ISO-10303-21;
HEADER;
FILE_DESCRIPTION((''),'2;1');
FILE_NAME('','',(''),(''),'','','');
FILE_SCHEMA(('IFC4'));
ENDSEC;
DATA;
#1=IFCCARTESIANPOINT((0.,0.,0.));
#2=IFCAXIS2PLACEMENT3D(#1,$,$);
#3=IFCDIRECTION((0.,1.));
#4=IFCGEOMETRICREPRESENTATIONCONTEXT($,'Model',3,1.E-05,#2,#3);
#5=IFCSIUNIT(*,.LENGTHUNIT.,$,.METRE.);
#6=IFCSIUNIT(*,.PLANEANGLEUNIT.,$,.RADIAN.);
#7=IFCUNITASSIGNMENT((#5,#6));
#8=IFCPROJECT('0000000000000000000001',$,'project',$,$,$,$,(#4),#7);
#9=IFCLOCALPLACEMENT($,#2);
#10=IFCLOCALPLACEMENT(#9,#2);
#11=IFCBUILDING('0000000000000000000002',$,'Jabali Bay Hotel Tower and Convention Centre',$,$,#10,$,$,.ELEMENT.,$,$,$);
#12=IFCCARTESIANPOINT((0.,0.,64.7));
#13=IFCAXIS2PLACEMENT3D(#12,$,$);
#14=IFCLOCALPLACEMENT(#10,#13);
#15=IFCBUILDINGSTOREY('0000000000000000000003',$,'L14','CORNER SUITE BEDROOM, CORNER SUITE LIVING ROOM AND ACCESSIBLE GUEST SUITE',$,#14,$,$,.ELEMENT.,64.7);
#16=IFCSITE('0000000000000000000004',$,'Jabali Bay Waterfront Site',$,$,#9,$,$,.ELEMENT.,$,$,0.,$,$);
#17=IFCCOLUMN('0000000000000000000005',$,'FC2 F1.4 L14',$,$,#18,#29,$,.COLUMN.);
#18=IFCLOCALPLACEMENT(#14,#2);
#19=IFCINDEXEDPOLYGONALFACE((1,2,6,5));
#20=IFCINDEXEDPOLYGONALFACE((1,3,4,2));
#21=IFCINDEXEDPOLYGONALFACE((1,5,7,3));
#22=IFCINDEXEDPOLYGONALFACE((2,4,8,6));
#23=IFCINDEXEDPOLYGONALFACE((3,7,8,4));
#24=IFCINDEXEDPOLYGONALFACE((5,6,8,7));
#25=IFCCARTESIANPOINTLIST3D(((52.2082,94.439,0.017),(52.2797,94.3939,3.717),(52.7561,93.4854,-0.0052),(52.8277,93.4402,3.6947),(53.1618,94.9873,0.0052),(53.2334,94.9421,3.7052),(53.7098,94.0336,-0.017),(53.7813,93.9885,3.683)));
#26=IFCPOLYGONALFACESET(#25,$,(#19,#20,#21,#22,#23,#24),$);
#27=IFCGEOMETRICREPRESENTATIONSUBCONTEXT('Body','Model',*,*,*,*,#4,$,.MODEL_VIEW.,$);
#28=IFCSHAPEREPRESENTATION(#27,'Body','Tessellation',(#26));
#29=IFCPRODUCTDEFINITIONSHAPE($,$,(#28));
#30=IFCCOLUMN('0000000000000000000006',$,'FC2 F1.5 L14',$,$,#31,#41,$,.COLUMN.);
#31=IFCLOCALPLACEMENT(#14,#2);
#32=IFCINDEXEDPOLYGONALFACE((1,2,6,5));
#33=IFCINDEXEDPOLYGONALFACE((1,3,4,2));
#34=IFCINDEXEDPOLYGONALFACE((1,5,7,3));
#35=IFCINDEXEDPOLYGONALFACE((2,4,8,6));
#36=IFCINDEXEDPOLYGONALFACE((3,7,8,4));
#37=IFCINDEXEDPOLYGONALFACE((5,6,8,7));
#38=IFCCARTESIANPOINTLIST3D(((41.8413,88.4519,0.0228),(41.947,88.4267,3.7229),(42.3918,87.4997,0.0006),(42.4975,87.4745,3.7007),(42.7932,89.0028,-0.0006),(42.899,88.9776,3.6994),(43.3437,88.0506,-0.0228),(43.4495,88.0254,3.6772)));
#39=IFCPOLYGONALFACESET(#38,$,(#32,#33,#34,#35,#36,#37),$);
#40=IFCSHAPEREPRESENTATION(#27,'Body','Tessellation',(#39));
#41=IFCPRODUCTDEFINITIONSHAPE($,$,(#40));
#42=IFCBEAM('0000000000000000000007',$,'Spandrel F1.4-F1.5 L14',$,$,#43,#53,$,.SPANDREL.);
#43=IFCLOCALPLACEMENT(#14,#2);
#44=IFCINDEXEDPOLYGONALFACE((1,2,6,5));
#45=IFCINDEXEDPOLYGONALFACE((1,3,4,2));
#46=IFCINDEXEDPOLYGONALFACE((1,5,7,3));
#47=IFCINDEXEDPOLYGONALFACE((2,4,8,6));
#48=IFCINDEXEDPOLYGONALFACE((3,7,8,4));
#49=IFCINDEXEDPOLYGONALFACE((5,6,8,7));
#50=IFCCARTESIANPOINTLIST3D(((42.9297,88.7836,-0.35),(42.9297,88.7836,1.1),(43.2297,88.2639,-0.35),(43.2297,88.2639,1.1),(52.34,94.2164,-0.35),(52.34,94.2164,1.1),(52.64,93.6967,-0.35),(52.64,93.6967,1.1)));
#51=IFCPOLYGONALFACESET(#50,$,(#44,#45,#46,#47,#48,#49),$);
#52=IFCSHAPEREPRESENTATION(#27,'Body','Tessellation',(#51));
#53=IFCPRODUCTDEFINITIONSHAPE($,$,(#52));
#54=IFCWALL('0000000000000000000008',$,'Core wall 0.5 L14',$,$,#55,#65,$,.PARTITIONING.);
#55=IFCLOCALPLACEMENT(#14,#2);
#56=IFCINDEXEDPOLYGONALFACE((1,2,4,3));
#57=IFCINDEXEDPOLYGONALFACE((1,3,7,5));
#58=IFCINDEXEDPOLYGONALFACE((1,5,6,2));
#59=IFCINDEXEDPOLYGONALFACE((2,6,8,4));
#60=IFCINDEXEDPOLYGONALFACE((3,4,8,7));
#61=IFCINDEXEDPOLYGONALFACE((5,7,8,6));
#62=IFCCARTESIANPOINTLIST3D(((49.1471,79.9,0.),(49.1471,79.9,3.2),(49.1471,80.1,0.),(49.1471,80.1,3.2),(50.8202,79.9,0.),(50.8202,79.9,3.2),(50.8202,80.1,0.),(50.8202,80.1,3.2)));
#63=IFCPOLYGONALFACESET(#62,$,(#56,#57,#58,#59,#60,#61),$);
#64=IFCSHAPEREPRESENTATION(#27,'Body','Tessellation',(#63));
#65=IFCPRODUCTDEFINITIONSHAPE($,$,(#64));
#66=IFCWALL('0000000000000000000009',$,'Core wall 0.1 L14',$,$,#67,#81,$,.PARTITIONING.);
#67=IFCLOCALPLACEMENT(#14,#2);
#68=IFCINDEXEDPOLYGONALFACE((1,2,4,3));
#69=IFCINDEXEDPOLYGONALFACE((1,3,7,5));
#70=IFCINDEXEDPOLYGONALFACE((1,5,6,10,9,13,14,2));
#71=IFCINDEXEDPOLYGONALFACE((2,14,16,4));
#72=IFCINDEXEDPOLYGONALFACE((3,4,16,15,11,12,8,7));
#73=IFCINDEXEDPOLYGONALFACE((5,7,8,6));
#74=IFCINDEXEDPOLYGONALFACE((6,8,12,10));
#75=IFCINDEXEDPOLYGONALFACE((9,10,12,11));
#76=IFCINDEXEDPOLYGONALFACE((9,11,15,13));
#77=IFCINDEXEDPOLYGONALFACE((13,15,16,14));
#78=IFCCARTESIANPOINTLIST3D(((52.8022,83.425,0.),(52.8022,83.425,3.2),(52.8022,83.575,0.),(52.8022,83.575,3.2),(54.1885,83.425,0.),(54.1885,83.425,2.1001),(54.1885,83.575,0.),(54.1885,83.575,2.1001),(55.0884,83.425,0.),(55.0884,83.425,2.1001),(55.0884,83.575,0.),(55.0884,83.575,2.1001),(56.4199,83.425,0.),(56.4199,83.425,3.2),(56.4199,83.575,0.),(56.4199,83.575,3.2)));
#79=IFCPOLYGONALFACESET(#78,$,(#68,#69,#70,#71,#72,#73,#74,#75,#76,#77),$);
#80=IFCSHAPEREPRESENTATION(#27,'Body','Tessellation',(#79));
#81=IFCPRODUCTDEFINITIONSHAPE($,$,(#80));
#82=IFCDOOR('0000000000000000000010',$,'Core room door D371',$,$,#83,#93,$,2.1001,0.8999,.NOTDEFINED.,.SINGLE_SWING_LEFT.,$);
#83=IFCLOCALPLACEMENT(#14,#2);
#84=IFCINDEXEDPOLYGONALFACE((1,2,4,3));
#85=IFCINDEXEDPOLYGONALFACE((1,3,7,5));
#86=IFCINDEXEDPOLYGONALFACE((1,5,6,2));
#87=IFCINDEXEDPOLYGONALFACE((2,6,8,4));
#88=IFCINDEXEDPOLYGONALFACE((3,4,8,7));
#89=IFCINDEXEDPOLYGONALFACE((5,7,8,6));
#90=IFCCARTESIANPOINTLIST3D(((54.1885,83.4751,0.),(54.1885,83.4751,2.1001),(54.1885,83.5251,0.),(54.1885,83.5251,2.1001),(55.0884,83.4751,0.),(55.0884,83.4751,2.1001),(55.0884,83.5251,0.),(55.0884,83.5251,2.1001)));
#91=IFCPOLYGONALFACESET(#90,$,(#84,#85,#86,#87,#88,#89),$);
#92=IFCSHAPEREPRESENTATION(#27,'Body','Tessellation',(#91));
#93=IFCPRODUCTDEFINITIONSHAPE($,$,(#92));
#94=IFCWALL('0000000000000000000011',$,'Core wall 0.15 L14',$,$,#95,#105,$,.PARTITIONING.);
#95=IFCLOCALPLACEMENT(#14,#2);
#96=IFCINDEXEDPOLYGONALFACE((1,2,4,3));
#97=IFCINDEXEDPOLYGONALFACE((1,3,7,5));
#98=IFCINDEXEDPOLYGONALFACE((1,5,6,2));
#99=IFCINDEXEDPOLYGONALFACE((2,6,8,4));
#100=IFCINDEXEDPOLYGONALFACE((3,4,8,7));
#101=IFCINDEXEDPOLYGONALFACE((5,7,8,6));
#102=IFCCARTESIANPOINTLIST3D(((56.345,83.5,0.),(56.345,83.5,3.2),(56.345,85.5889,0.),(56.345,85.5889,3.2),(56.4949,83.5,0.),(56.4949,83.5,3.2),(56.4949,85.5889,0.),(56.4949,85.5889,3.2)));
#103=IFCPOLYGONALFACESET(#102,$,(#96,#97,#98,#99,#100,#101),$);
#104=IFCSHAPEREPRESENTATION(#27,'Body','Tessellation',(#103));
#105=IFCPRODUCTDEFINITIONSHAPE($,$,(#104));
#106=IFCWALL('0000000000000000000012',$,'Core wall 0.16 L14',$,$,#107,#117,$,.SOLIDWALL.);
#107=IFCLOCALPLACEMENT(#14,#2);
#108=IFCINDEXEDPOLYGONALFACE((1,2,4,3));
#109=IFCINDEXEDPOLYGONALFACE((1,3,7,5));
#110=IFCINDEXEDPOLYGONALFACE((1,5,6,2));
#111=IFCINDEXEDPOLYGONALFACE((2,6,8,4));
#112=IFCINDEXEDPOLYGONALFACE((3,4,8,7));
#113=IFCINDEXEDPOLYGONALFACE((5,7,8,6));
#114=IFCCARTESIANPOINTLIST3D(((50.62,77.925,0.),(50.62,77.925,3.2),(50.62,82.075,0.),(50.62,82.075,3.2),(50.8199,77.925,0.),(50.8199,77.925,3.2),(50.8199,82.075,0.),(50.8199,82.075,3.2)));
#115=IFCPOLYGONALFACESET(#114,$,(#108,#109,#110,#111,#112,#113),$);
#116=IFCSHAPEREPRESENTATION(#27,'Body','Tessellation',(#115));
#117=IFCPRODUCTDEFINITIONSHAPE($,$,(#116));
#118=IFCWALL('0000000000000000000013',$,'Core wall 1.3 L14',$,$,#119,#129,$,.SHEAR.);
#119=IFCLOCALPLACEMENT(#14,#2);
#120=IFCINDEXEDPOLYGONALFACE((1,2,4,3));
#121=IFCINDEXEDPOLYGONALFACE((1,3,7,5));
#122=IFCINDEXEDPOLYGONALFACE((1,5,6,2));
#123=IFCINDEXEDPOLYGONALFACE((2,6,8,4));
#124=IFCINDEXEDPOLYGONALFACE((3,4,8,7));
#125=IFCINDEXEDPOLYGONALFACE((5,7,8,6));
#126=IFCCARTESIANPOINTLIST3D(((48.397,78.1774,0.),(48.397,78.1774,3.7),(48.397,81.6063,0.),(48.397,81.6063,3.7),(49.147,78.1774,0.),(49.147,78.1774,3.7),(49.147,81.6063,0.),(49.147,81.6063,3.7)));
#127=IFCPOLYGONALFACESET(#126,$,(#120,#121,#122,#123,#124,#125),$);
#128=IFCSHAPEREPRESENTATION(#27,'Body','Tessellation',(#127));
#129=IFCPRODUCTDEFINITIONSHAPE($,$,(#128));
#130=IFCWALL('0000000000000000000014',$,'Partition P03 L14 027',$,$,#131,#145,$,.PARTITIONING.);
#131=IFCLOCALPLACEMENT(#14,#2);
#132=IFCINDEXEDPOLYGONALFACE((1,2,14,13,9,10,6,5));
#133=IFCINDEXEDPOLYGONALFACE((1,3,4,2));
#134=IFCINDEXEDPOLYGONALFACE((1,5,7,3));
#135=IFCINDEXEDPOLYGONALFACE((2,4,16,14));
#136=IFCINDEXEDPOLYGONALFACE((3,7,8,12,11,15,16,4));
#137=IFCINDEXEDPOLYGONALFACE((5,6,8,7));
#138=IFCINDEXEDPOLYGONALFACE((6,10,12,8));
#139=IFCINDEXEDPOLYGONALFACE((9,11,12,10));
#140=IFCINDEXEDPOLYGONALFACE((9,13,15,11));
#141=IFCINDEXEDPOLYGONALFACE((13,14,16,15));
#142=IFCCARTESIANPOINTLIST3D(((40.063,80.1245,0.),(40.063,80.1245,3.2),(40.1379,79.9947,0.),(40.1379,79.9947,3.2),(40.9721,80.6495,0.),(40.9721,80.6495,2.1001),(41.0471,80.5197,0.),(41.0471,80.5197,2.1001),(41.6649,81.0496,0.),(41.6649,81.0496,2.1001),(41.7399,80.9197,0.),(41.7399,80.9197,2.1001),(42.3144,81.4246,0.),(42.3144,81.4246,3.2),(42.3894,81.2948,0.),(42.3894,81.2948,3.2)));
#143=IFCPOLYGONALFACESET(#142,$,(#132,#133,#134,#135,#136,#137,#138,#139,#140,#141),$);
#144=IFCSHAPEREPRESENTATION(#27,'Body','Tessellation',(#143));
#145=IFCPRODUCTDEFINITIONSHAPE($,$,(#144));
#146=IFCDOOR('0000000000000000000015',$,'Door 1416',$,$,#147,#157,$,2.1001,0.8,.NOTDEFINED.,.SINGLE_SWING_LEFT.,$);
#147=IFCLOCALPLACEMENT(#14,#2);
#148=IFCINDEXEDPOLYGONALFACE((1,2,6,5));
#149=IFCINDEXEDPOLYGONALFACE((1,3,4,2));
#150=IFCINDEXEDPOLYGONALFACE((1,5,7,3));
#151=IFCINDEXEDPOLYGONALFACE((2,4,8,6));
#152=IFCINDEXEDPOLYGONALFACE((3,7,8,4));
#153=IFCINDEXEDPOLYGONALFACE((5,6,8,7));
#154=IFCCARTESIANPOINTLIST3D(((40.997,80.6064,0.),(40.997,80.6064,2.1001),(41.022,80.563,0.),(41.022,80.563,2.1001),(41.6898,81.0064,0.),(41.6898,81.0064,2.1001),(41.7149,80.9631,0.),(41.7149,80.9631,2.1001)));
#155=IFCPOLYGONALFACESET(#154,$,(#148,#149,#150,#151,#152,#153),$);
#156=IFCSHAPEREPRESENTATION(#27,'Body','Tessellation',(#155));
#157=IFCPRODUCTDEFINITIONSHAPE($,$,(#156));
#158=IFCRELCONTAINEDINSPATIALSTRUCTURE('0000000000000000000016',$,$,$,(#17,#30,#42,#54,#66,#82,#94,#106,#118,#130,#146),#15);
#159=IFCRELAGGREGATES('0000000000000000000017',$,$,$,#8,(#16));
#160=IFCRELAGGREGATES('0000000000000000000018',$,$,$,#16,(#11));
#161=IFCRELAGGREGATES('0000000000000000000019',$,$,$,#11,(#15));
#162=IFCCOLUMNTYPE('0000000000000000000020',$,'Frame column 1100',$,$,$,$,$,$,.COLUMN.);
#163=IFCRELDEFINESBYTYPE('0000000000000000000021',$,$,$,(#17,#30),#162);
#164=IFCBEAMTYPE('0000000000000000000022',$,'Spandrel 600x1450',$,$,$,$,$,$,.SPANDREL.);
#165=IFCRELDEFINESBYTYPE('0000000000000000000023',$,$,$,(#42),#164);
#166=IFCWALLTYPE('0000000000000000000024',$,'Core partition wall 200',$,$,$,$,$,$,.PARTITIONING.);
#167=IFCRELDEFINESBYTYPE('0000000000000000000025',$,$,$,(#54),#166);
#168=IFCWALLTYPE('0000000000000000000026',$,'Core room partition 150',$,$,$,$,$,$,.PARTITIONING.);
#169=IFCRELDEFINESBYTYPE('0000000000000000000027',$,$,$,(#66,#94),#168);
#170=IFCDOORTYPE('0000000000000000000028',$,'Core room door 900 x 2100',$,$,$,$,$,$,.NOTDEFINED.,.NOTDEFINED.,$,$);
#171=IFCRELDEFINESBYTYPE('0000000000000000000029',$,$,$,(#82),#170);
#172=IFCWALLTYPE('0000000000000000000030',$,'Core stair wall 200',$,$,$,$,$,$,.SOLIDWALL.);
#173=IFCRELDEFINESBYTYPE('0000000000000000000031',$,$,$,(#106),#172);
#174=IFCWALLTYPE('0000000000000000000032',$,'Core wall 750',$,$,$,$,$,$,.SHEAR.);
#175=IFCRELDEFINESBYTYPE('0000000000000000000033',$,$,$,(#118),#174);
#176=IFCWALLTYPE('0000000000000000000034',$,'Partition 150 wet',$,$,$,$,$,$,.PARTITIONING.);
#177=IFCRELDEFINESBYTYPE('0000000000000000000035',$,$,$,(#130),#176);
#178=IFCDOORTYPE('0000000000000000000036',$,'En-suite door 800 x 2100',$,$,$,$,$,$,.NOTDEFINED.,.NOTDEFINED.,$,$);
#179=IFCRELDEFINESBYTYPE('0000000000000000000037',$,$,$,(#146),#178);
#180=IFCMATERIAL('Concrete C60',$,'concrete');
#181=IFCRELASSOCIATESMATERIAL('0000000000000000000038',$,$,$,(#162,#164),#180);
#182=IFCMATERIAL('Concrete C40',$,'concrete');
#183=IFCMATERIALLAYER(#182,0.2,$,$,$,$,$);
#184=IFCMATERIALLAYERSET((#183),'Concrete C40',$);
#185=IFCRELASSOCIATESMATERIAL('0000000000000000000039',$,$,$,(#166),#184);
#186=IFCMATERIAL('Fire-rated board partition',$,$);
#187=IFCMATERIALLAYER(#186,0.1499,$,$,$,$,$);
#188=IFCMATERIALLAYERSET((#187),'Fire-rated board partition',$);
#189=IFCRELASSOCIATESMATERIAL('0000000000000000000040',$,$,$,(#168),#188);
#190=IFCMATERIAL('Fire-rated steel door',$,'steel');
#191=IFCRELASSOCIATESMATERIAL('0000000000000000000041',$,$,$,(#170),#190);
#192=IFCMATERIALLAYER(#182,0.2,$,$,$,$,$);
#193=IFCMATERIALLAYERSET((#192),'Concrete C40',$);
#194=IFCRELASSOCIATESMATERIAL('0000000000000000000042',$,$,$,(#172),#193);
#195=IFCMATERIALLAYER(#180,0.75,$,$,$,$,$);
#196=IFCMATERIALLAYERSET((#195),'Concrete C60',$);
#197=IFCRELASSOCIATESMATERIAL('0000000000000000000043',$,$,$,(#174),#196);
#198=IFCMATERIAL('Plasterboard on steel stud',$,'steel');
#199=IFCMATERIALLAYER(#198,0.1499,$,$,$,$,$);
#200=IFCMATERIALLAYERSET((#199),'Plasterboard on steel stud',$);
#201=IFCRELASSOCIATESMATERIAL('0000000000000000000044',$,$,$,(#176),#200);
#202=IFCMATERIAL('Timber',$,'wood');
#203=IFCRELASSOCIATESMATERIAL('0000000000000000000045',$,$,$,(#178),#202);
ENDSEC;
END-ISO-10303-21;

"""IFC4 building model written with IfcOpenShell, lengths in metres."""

from ifc_helpers import new_model, si_unit, direction, frame, frame_2d, origin, origin_2d, place, context, subcontext, project, spatial, rectangle, extrude, material, layer, layer_set, material_profile, profile_set, type_object, element, fill, save


model = new_model("IFC4")

# Units and contexts
model_context = context("Model", 3, precision=1e-05, world=origin(), true_north=direction((0.0, 1.0)))
body_context = subcontext(model_context, "Body", "Model", "MODEL_VIEW")
ifc_project = project(units=[si_unit("LENGTHUNIT", "METRE"), si_unit("PLANEANGLEUNIT", "RADIAN")], contexts=[model_context])

# Site, building, storey
site_placement = place(None, origin())
site = spatial("IfcSite", under=ifc_project, at=site_placement, Name="Jabali Bay Waterfront Site", CompositionType="ELEMENT", RefElevation=0.0)
building_placement = place(site_placement, origin())
building = spatial("IfcBuilding", under=site, at=building_placement, Name="Jabali Bay Hotel Tower and Convention Centre", CompositionType="ELEMENT")
storey_placement = place(building_placement, frame((0.0, 0.0, 64.7)))
storey = spatial("IfcBuildingStorey", under=building, at=storey_placement, Name="L14", Description="CORNER SUITE BEDROOM, CORNER SUITE LIVING ROOM AND ACCESSIBLE GUEST SUITE", CompositionType="ELEMENT", Elevation=64.7)

# Columns
ifc_material_1 = material(Name="Concrete C60", Category="concrete")
ifc_material_profile_1 = material_profile(ifc_material_1, rectangle(XDim=1.1001, YDim=1.1001, at=origin_2d()), Name="Frame column 1100")
ifc_profile_set_1 = profile_set([ifc_material_profile_1], Name="Concrete C60")
column_type = type_object("IfcColumnType", Name="Frame column 1100", PredefinedType="COLUMN", material=ifc_profile_set_1)
column_1_placement = place(storey_placement, frame((52.959, 94.2363, 0.0), z_axis=(0.019329, -0.012204, 0.999739), x_axis=(-0.498097, 0.866886, 0.020212)))
element("IfcColumn", 1, at=column_1_placement, inside=storey, type_object=column_type, Name="FC2 F1.4 L14", PredefinedType="COLUMN", context=body_context, shape_type="SweptSolid", body=[
    extrude(rectangle(XDim=1.1001, YDim=1.1001, at=origin_2d()), origin(), (0.0, 0.0, 1.0), 3.7009),
])
column_2_placement = place(storey_placement, frame((42.5925, 88.2512, 0.0), z_axis=(0.028559, -0.006794, 0.999569), x_axis=(-0.500406, 0.865556, 0.02018)))
element("IfcColumn", 2, at=column_2_placement, inside=storey, type_object=column_type, Name="FC2 F1.5 L14", PredefinedType="COLUMN", context=body_context, shape_type="SweptSolid", body=[
    extrude(rectangle(XDim=1.1001, YDim=1.1001, at=origin_2d()), origin(), (0.0, 0.0, 1.0), 3.7017),
])

# Beam
ifc_material_profile_2 = material_profile(ifc_material_1, rectangle(XDim=0.6001, YDim=1.45, at=origin_2d()), Name="Spandrel 600x1450")
ifc_profile_set_2 = profile_set([ifc_material_profile_2], Name="Concrete C60")
beam_type = type_object("IfcBeamType", Name="Spandrel 600x1450", PredefinedType="SPANDREL", material=ifc_profile_set_2)
beam_placement = place(storey_placement, frame((52.49, 93.9565, 0.375), z_axis=(-0.866035, -0.499984, 0.0), x_axis=(0.499984, -0.866035, 0.0)))
element("IfcBeam", 3, at=beam_placement, inside=storey, type_object=beam_type, Name="Spandrel F1.4-F1.5 L14", PredefinedType="SPANDREL", context=body_context, shape_type="SweptSolid", body=[
    extrude(rectangle(XDim=0.6001, YDim=1.45, at=origin_2d()), origin(), (0.0, 0.0, 1.0), 10.866),
])

# Wall
ifc_material_2 = material(Name="Concrete C40", Category="concrete")
ifc_layer_1 = layer(ifc_material_2, 0.2)
ifc_layer_set_1 = layer_set([ifc_layer_1], Name="Concrete C40")
wall_type_1 = type_object("IfcWallType", Name="Core partition wall 200", PredefinedType="PARTITIONING", material=ifc_layer_set_1)
wall_1_placement = place(storey_placement, frame((50.8201, 80.0, 0.0), z_axis=(0.0, 0.0, 1.0), x_axis=(-1.0, 0.0, 0.0)))
element("IfcWall", 4, at=wall_1_placement, inside=storey, type_object=wall_type_1, Name="Core wall 0.5 L14", PredefinedType="PARTITIONING", context=body_context, shape_type="SweptSolid", body=[
    extrude(rectangle(XDim=1.6731, YDim=0.2, at=frame_2d((0.8364, 0.0))), origin(), (0.0, 0.0, 1.0), 3.2),
])

# Wall, opening, door
ifc_material_3 = material(Name="Fire-rated board partition")
ifc_layer_2 = layer(ifc_material_3, 0.1499)
ifc_layer_set_2 = layer_set([ifc_layer_2], Name="Fire-rated board partition")
wall_type_2 = type_object("IfcWallType", Name="Core room partition 150", PredefinedType="PARTITIONING", material=ifc_layer_set_2)
wall_2_placement = place(storey_placement, frame((56.4199, 83.5, 0.0), z_axis=(0.0, 0.0, 1.0), x_axis=(-1.0, 0.0, 0.0)))
wall_2 = element("IfcWall", 5, at=wall_2_placement, inside=storey, type_object=wall_type_2, Name="Core wall 0.1 L14", PredefinedType="PARTITIONING", context=body_context, shape_type="SweptSolid", body=[
    extrude(rectangle(XDim=3.6177, YDim=0.1499, at=frame_2d((1.8088, 0.0))), origin(), (0.0, 0.0, 1.0), 3.2),
])
opening_1_placement = place(wall_2_placement, frame((1.3315, 0.0, 0.0)))
opening_1 = element("IfcOpeningElement", 6, at=opening_1_placement, cuts=wall_2, PredefinedType="OPENING", context=body_context, shape_type="SweptSolid", body=[
    extrude(rectangle(XDim=0.8999, YDim=2.1001, at=frame_2d((0.45, 1.05))), frame((0.0, 0.0854, 0.0), z_axis=(0.0, -1.0, 0.0), x_axis=(1.0, 0.0, 0.0)), (0.0, 0.0, 1.0), 0.1709),
])
ifc_material_4 = material(Name="Fire-rated steel door", Category="steel")
door_type_1 = type_object("IfcDoorType", Name="Core room door 900 x 2100", OperationType="NOTDEFINED", PredefinedType="NOTDEFINED", material=ifc_material_4)
door_1_placement = place(opening_1_placement, origin())
door_1 = element("IfcDoor", 7, at=door_1_placement, inside=storey, type_object=door_type_1, Name="Core room door D371", OperationType="SINGLE_SWING_LEFT", OverallHeight=2.1001, OverallWidth=0.8999, PredefinedType="NOTDEFINED", context=body_context, shape_type="SweptSolid", body=[
    extrude(rectangle(XDim=0.8999, YDim=2.1001, at=frame_2d((0.45, 1.05))), frame((0.0, 0.0249, 0.0), z_axis=(0.0, -1.0, 0.0), x_axis=(1.0, 0.0, 0.0)), (0.0, 0.0, 1.0), 0.05),
])
fill(opening_1, door_1)

# Walls
wall_3_placement = place(storey_placement, frame((56.4199, 85.5889, 0.0), z_axis=(0.0, 0.0, 1.0), x_axis=(0.0, -1.0, 0.0)))
element("IfcWall", 8, at=wall_3_placement, inside=storey, type_object=wall_type_2, Name="Core wall 0.15 L14", PredefinedType="PARTITIONING", context=body_context, shape_type="SweptSolid", body=[
    extrude(rectangle(XDim=2.0889, YDim=0.1499, at=frame_2d((1.0444, 0.0))), origin(), (0.0, 0.0, 1.0), 3.2),
])
ifc_layer_3 = layer(ifc_material_2, 0.2)
ifc_layer_set_3 = layer_set([ifc_layer_3], Name="Concrete C40")
wall_type_3 = type_object("IfcWallType", Name="Core stair wall 200", PredefinedType="SOLIDWALL", material=ifc_layer_set_3)
wall_4_placement = place(storey_placement, frame((50.72, 82.075, 0.0), z_axis=(0.0, 0.0, 1.0), x_axis=(0.0, -1.0, 0.0)))
element("IfcWall", 9, at=wall_4_placement, inside=storey, type_object=wall_type_3, Name="Core wall 0.16 L14", PredefinedType="SOLIDWALL", context=body_context, shape_type="SweptSolid", body=[
    extrude(rectangle(XDim=4.1499, YDim=0.2, at=frame_2d((2.075, 0.0))), origin(), (0.0, 0.0, 1.0), 3.2),
])
ifc_layer_4 = layer(ifc_material_1, 0.75)
ifc_layer_set_4 = layer_set([ifc_layer_4], Name="Concrete C60")
wall_type_4 = type_object("IfcWallType", Name="Core wall 750", PredefinedType="SHEAR", material=ifc_layer_set_4)
wall_5_placement = place(storey_placement, frame((48.772, 81.6062, 0.0), z_axis=(0.0, 0.0, 1.0), x_axis=(0.0, -1.0, 0.0)))
element("IfcWall", 10, at=wall_5_placement, inside=storey, type_object=wall_type_4, Name="Core wall 1.3 L14", PredefinedType="SHEAR", context=body_context, shape_type="SweptSolid", body=[
    extrude(rectangle(XDim=3.429, YDim=0.75, at=frame_2d((1.7144, 0.0))), origin(), (0.0, 0.0, 1.0), 3.7),
])

# Wall, opening, door
ifc_material_5 = material(Name="Plasterboard on steel stud", Category="steel")
ifc_layer_5 = layer(ifc_material_5, 0.1499)
ifc_layer_set_5 = layer_set([ifc_layer_5], Name="Plasterboard on steel stud")
wall_type_5 = type_object("IfcWallType", Name="Partition 150 wet", PredefinedType="PARTITIONING", material=ifc_layer_set_5)
wall_6_placement = place(storey_placement, frame((42.3518, 81.3596, 0.0), z_axis=(0.0, 0.0, 1.0), x_axis=(-0.865998, -0.500048, 0.0)))
wall_6 = element("IfcWall", 11, at=wall_6_placement, inside=storey, type_object=wall_type_5, Name="Partition P03 L14 027", PredefinedType="PARTITIONING", context=body_context, shape_type="SweptSolid", body=[
    extrude(rectangle(XDim=2.5999, YDim=0.1499, at=frame_2d((1.2998, 0.0))), origin(), (0.0, 0.0, 1.0), 3.2),
])
opening_2_placement = place(wall_6_placement, frame((0.75, 0.0, 0.0)))
opening_2 = element("IfcOpeningElement", 12, at=opening_2_placement, cuts=wall_6, PredefinedType="OPENING", context=body_context, shape_type="SweptSolid", body=[
    extrude(rectangle(XDim=0.8, YDim=2.1001, at=frame_2d((0.3999, 1.05))), frame((0.0, 0.0854, 0.0), z_axis=(0.0, -1.0, 0.0), x_axis=(1.0, 0.0, 0.0)), (0.0, 0.0, 1.0), 0.1709),
])
ifc_material_6 = material(Name="Timber", Category="wood")
door_type_2 = type_object("IfcDoorType", Name="En-suite door 800 x 2100", OperationType="NOTDEFINED", PredefinedType="NOTDEFINED", material=ifc_material_6)
door_2_placement = place(opening_2_placement, origin())
door_2 = element("IfcDoor", 13, at=door_2_placement, inside=storey, type_object=door_type_2, Name="Door 1416", OperationType="SINGLE_SWING_LEFT", OverallHeight=2.1001, OverallWidth=0.8, PredefinedType="NOTDEFINED", context=body_context, shape_type="SweptSolid", body=[
    extrude(rectangle(XDim=0.8, YDim=2.1001, at=frame_2d((0.3999, 1.05))), frame((0.0, 0.0249, 0.0), z_axis=(0.0, -1.0, 0.0), x_axis=(1.0, 0.0, 0.0)), (0.0, 0.0, 1.0), 0.05),
])
fill(opening_2, door_2)

save(model, "model.ifc")
